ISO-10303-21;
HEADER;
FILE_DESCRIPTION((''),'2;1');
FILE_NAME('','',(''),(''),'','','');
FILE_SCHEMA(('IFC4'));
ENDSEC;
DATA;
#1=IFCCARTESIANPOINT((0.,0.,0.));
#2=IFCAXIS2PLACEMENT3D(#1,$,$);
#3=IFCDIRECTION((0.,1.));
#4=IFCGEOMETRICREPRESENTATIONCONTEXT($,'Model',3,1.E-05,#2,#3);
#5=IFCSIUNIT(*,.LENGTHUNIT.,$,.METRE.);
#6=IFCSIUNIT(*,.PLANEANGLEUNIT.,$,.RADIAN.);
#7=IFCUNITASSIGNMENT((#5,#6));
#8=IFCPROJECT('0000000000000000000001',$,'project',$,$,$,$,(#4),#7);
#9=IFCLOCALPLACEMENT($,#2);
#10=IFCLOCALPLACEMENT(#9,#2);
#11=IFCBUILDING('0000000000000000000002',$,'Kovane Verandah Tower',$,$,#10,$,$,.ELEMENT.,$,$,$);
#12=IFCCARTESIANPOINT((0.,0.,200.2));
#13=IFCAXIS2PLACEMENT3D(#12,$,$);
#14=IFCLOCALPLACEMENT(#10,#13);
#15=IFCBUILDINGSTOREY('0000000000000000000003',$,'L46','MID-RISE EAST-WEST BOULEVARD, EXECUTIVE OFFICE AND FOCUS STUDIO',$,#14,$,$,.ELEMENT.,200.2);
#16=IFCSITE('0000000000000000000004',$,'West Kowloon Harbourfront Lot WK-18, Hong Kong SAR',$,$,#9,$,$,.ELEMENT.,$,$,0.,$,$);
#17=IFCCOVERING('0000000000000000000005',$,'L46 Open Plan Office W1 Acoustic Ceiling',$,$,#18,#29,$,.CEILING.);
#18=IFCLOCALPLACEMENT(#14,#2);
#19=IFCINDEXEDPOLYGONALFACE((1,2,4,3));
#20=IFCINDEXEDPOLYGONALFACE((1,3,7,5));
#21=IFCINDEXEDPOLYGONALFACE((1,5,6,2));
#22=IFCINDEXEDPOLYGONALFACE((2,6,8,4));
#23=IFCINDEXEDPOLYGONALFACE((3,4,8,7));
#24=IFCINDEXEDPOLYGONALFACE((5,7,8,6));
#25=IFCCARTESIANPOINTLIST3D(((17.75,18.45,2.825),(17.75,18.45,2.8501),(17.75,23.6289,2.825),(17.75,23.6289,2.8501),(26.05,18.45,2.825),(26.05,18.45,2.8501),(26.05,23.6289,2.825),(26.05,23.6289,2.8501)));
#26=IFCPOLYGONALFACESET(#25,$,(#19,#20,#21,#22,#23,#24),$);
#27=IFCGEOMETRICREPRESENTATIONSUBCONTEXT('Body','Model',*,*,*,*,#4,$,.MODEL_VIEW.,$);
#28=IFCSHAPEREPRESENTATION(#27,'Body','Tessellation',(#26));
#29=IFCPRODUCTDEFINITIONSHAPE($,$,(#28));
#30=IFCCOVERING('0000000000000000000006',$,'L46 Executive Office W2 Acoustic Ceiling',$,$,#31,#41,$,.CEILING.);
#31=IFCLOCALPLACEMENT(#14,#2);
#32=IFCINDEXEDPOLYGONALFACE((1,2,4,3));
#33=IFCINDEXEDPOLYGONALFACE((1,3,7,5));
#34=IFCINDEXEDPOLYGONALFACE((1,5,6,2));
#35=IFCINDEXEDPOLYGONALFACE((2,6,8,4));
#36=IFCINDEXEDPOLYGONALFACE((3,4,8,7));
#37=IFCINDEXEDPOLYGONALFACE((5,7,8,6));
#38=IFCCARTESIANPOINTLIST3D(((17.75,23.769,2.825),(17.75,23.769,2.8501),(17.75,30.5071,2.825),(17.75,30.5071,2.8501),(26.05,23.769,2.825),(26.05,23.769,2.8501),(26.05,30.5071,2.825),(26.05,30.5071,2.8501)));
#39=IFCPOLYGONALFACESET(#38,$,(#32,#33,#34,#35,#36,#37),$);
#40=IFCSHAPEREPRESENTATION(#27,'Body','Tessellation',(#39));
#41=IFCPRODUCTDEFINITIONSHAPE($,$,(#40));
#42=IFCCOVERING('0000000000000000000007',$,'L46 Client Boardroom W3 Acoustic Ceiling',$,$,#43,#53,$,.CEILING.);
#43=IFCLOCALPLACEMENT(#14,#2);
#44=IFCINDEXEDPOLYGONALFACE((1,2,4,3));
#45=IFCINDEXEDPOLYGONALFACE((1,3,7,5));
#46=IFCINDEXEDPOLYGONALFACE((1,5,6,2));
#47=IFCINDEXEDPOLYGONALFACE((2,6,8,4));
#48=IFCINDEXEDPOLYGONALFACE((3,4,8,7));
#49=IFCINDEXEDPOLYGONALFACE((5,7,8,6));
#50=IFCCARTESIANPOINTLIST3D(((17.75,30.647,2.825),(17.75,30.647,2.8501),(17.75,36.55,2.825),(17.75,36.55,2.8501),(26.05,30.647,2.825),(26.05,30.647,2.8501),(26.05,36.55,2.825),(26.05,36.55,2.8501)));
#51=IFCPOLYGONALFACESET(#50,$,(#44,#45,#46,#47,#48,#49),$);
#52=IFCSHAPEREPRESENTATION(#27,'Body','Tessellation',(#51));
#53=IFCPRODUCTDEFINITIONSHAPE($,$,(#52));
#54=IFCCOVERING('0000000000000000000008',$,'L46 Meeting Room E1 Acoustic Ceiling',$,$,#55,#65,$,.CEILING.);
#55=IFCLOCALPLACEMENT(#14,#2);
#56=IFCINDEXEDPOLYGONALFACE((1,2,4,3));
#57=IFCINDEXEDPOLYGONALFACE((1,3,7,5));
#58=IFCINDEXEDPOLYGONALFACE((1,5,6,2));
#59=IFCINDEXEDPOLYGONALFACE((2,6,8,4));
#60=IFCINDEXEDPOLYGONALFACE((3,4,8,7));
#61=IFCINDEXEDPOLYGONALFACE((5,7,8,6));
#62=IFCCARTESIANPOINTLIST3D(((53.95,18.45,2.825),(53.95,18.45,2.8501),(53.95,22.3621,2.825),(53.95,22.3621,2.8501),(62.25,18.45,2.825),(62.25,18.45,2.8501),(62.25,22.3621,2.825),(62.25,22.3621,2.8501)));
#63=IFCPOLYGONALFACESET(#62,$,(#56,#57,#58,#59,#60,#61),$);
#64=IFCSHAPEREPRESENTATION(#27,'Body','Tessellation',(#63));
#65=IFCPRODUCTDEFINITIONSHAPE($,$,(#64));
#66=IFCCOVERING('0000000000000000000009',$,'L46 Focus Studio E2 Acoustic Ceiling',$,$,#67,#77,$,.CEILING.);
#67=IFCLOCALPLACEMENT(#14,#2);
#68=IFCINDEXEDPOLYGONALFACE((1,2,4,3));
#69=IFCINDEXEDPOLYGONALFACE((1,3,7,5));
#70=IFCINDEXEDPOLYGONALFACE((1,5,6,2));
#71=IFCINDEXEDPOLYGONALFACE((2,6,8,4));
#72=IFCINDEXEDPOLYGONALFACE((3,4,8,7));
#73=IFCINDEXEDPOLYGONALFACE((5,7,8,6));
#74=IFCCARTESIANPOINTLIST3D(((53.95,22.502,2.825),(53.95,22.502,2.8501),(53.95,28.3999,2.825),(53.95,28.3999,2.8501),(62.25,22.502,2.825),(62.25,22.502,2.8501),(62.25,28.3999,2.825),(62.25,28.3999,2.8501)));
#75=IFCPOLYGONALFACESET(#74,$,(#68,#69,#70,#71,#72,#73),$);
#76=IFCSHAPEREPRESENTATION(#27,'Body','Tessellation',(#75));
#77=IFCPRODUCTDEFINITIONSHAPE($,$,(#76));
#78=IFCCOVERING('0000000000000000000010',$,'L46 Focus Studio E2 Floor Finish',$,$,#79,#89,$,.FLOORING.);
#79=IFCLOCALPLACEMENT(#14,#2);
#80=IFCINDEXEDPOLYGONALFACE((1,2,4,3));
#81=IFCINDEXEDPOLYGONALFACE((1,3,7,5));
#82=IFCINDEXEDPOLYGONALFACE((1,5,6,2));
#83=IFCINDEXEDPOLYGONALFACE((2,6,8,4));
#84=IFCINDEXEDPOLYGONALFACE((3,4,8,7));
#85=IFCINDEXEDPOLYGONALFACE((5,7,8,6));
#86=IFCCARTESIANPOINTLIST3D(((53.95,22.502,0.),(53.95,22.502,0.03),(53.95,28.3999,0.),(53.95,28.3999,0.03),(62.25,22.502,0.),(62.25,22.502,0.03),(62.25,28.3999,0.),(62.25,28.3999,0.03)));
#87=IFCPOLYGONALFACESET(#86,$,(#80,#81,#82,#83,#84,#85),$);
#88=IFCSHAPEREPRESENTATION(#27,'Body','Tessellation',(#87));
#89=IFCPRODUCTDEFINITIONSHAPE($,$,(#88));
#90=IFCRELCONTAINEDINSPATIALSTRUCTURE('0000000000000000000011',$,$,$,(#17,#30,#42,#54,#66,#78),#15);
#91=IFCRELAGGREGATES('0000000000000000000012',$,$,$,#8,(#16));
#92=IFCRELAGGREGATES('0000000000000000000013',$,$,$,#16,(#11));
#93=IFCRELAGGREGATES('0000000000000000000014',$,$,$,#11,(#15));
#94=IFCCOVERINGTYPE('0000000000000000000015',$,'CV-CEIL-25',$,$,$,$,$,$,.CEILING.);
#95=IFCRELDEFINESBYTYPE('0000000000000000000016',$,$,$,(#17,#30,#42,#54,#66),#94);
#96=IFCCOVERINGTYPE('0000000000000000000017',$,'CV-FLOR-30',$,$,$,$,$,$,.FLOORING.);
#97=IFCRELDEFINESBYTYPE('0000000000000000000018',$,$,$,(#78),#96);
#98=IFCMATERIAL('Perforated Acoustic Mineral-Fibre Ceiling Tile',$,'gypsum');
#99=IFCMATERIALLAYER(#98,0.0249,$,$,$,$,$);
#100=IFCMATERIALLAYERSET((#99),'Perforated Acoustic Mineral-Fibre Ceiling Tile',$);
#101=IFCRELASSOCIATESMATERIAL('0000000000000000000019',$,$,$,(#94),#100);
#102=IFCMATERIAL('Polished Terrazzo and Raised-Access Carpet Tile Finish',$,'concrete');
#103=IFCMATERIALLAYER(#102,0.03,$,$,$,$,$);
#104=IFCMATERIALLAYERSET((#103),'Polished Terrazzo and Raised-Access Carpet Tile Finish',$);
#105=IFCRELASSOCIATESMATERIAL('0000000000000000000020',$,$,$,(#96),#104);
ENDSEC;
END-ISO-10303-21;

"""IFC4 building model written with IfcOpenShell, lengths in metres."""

from ifc_helpers import new_model, si_unit, direction, frame, origin, place, context, subcontext, project, spatial, polyline, outline, extrude, material, layer, layer_set, type_object, element, save


model = new_model("IFC4")

# Units and contexts
model_context = context("Model", 3, precision=1e-05, world=origin(), true_north=direction((0.0, 1.0)))
body_context = subcontext(model_context, "Body", "Model", "MODEL_VIEW")
ifc_project = project(units=[si_unit("LENGTHUNIT", "METRE"), si_unit("PLANEANGLEUNIT", "RADIAN")], contexts=[model_context])

# Site, building, storey
site_placement = place(None, origin())
site = spatial("IfcSite", under=ifc_project, at=site_placement, Name="West Kowloon Harbourfront Lot WK-18, Hong Kong SAR", CompositionType="ELEMENT", RefElevation=0.0)
building_placement = place(site_placement, origin())
building = spatial("IfcBuilding", under=site, at=building_placement, Name="Kovane Verandah Tower", CompositionType="ELEMENT")
storey_placement = place(building_placement, frame((0.0, 0.0, 200.2)))
storey = spatial("IfcBuildingStorey", under=building, at=storey_placement, Name="L46", Description="MID-RISE EAST-WEST BOULEVARD, EXECUTIVE OFFICE AND FOCUS STUDIO", CompositionType="ELEMENT", Elevation=200.2)

# Coverings
ifc_material_1 = material(Name="Perforated Acoustic Mineral-Fibre Ceiling Tile", Category="gypsum")
ifc_layer_1 = layer(ifc_material_1, 0.0249)
ifc_layer_set_1 = layer_set([ifc_layer_1], Name="Perforated Acoustic Mineral-Fibre Ceiling Tile")
covering_type_1 = type_object("IfcCoveringType", Name="CV-CEIL-25", PredefinedType="CEILING", material=ifc_layer_set_1)
covering_1_placement = place(storey_placement, frame((0.0, 0.0, 2.825)))
element("IfcCovering", 1, at=covering_1_placement, inside=storey, type_object=covering_type_1, Name="L46 Open Plan Office W1 Acoustic Ceiling", PredefinedType="CEILING", context=body_context, shape_type="SweptSolid", body=[
    extrude(outline(polyline([(17.75, 18.45), (26.05, 18.45), (26.05, 23.6289), (17.75, 23.6289), (17.75, 18.45)])), origin(), (0.0, 0.0, 1.0), 0.0251),
])
covering_2_placement = place(storey_placement, frame((0.0, 0.0, 2.825)))
element("IfcCovering", 2, at=covering_2_placement, inside=storey, type_object=covering_type_1, Name="L46 Executive Office W2 Acoustic Ceiling", PredefinedType="CEILING", context=body_context, shape_type="SweptSolid", body=[
    extrude(outline(polyline([(17.75, 23.769), (26.05, 23.769), (26.05, 30.5071), (17.75, 30.5071), (17.75, 23.769)])), origin(), (0.0, 0.0, 1.0), 0.0251),
])
covering_3_placement = place(storey_placement, frame((0.0, 0.0, 2.825)))
element("IfcCovering", 3, at=covering_3_placement, inside=storey, type_object=covering_type_1, Name="L46 Client Boardroom W3 Acoustic Ceiling", PredefinedType="CEILING", context=body_context, shape_type="SweptSolid", body=[
    extrude(outline(polyline([(17.75, 30.647), (26.05, 30.647), (26.05, 36.55), (17.75, 36.55), (17.75, 30.647)])), origin(), (0.0, 0.0, 1.0), 0.0251),
])
covering_4_placement = place(storey_placement, frame((0.0, 0.0, 2.825)))
element("IfcCovering", 4, at=covering_4_placement, inside=storey, type_object=covering_type_1, Name="L46 Meeting Room E1 Acoustic Ceiling", PredefinedType="CEILING", context=body_context, shape_type="SweptSolid", body=[
    extrude(outline(polyline([(53.95, 18.45), (62.25, 18.45), (62.25, 22.3621), (53.95, 22.3621), (53.95, 18.45)])), origin(), (0.0, 0.0, 1.0), 0.0251),
])
covering_5_placement = place(storey_placement, frame((0.0, 0.0, 2.825)))
element("IfcCovering", 5, at=covering_5_placement, inside=storey, type_object=covering_type_1, Name="L46 Focus Studio E2 Acoustic Ceiling", PredefinedType="CEILING", context=body_context, shape_type="SweptSolid", body=[
    extrude(outline(polyline([(53.95, 22.502), (62.25, 22.502), (62.25, 28.3999), (53.95, 28.3999), (53.95, 22.502)])), origin(), (0.0, 0.0, 1.0), 0.0251),
])
ifc_material_2 = material(Name="Polished Terrazzo and Raised-Access Carpet Tile Finish", Category="concrete")
ifc_layer_2 = layer(ifc_material_2, 0.03)
ifc_layer_set_2 = layer_set([ifc_layer_2], Name="Polished Terrazzo and Raised-Access Carpet Tile Finish")
covering_type_2 = type_object("IfcCoveringType", Name="CV-FLOR-30", PredefinedType="FLOORING", material=ifc_layer_set_2)
covering_6_placement = place(storey_placement, origin())
element("IfcCovering", 6, at=covering_6_placement, inside=storey, type_object=covering_type_2, Name="L46 Focus Studio E2 Floor Finish", PredefinedType="FLOORING", context=body_context, shape_type="SweptSolid", body=[
    extrude(outline(polyline([(53.95, 22.502), (62.25, 22.502), (62.25, 28.3999), (53.95, 28.3999), (53.95, 22.502)])), origin(), (0.0, 0.0, 1.0), 0.03),
])

save(model, "model.ifc")
